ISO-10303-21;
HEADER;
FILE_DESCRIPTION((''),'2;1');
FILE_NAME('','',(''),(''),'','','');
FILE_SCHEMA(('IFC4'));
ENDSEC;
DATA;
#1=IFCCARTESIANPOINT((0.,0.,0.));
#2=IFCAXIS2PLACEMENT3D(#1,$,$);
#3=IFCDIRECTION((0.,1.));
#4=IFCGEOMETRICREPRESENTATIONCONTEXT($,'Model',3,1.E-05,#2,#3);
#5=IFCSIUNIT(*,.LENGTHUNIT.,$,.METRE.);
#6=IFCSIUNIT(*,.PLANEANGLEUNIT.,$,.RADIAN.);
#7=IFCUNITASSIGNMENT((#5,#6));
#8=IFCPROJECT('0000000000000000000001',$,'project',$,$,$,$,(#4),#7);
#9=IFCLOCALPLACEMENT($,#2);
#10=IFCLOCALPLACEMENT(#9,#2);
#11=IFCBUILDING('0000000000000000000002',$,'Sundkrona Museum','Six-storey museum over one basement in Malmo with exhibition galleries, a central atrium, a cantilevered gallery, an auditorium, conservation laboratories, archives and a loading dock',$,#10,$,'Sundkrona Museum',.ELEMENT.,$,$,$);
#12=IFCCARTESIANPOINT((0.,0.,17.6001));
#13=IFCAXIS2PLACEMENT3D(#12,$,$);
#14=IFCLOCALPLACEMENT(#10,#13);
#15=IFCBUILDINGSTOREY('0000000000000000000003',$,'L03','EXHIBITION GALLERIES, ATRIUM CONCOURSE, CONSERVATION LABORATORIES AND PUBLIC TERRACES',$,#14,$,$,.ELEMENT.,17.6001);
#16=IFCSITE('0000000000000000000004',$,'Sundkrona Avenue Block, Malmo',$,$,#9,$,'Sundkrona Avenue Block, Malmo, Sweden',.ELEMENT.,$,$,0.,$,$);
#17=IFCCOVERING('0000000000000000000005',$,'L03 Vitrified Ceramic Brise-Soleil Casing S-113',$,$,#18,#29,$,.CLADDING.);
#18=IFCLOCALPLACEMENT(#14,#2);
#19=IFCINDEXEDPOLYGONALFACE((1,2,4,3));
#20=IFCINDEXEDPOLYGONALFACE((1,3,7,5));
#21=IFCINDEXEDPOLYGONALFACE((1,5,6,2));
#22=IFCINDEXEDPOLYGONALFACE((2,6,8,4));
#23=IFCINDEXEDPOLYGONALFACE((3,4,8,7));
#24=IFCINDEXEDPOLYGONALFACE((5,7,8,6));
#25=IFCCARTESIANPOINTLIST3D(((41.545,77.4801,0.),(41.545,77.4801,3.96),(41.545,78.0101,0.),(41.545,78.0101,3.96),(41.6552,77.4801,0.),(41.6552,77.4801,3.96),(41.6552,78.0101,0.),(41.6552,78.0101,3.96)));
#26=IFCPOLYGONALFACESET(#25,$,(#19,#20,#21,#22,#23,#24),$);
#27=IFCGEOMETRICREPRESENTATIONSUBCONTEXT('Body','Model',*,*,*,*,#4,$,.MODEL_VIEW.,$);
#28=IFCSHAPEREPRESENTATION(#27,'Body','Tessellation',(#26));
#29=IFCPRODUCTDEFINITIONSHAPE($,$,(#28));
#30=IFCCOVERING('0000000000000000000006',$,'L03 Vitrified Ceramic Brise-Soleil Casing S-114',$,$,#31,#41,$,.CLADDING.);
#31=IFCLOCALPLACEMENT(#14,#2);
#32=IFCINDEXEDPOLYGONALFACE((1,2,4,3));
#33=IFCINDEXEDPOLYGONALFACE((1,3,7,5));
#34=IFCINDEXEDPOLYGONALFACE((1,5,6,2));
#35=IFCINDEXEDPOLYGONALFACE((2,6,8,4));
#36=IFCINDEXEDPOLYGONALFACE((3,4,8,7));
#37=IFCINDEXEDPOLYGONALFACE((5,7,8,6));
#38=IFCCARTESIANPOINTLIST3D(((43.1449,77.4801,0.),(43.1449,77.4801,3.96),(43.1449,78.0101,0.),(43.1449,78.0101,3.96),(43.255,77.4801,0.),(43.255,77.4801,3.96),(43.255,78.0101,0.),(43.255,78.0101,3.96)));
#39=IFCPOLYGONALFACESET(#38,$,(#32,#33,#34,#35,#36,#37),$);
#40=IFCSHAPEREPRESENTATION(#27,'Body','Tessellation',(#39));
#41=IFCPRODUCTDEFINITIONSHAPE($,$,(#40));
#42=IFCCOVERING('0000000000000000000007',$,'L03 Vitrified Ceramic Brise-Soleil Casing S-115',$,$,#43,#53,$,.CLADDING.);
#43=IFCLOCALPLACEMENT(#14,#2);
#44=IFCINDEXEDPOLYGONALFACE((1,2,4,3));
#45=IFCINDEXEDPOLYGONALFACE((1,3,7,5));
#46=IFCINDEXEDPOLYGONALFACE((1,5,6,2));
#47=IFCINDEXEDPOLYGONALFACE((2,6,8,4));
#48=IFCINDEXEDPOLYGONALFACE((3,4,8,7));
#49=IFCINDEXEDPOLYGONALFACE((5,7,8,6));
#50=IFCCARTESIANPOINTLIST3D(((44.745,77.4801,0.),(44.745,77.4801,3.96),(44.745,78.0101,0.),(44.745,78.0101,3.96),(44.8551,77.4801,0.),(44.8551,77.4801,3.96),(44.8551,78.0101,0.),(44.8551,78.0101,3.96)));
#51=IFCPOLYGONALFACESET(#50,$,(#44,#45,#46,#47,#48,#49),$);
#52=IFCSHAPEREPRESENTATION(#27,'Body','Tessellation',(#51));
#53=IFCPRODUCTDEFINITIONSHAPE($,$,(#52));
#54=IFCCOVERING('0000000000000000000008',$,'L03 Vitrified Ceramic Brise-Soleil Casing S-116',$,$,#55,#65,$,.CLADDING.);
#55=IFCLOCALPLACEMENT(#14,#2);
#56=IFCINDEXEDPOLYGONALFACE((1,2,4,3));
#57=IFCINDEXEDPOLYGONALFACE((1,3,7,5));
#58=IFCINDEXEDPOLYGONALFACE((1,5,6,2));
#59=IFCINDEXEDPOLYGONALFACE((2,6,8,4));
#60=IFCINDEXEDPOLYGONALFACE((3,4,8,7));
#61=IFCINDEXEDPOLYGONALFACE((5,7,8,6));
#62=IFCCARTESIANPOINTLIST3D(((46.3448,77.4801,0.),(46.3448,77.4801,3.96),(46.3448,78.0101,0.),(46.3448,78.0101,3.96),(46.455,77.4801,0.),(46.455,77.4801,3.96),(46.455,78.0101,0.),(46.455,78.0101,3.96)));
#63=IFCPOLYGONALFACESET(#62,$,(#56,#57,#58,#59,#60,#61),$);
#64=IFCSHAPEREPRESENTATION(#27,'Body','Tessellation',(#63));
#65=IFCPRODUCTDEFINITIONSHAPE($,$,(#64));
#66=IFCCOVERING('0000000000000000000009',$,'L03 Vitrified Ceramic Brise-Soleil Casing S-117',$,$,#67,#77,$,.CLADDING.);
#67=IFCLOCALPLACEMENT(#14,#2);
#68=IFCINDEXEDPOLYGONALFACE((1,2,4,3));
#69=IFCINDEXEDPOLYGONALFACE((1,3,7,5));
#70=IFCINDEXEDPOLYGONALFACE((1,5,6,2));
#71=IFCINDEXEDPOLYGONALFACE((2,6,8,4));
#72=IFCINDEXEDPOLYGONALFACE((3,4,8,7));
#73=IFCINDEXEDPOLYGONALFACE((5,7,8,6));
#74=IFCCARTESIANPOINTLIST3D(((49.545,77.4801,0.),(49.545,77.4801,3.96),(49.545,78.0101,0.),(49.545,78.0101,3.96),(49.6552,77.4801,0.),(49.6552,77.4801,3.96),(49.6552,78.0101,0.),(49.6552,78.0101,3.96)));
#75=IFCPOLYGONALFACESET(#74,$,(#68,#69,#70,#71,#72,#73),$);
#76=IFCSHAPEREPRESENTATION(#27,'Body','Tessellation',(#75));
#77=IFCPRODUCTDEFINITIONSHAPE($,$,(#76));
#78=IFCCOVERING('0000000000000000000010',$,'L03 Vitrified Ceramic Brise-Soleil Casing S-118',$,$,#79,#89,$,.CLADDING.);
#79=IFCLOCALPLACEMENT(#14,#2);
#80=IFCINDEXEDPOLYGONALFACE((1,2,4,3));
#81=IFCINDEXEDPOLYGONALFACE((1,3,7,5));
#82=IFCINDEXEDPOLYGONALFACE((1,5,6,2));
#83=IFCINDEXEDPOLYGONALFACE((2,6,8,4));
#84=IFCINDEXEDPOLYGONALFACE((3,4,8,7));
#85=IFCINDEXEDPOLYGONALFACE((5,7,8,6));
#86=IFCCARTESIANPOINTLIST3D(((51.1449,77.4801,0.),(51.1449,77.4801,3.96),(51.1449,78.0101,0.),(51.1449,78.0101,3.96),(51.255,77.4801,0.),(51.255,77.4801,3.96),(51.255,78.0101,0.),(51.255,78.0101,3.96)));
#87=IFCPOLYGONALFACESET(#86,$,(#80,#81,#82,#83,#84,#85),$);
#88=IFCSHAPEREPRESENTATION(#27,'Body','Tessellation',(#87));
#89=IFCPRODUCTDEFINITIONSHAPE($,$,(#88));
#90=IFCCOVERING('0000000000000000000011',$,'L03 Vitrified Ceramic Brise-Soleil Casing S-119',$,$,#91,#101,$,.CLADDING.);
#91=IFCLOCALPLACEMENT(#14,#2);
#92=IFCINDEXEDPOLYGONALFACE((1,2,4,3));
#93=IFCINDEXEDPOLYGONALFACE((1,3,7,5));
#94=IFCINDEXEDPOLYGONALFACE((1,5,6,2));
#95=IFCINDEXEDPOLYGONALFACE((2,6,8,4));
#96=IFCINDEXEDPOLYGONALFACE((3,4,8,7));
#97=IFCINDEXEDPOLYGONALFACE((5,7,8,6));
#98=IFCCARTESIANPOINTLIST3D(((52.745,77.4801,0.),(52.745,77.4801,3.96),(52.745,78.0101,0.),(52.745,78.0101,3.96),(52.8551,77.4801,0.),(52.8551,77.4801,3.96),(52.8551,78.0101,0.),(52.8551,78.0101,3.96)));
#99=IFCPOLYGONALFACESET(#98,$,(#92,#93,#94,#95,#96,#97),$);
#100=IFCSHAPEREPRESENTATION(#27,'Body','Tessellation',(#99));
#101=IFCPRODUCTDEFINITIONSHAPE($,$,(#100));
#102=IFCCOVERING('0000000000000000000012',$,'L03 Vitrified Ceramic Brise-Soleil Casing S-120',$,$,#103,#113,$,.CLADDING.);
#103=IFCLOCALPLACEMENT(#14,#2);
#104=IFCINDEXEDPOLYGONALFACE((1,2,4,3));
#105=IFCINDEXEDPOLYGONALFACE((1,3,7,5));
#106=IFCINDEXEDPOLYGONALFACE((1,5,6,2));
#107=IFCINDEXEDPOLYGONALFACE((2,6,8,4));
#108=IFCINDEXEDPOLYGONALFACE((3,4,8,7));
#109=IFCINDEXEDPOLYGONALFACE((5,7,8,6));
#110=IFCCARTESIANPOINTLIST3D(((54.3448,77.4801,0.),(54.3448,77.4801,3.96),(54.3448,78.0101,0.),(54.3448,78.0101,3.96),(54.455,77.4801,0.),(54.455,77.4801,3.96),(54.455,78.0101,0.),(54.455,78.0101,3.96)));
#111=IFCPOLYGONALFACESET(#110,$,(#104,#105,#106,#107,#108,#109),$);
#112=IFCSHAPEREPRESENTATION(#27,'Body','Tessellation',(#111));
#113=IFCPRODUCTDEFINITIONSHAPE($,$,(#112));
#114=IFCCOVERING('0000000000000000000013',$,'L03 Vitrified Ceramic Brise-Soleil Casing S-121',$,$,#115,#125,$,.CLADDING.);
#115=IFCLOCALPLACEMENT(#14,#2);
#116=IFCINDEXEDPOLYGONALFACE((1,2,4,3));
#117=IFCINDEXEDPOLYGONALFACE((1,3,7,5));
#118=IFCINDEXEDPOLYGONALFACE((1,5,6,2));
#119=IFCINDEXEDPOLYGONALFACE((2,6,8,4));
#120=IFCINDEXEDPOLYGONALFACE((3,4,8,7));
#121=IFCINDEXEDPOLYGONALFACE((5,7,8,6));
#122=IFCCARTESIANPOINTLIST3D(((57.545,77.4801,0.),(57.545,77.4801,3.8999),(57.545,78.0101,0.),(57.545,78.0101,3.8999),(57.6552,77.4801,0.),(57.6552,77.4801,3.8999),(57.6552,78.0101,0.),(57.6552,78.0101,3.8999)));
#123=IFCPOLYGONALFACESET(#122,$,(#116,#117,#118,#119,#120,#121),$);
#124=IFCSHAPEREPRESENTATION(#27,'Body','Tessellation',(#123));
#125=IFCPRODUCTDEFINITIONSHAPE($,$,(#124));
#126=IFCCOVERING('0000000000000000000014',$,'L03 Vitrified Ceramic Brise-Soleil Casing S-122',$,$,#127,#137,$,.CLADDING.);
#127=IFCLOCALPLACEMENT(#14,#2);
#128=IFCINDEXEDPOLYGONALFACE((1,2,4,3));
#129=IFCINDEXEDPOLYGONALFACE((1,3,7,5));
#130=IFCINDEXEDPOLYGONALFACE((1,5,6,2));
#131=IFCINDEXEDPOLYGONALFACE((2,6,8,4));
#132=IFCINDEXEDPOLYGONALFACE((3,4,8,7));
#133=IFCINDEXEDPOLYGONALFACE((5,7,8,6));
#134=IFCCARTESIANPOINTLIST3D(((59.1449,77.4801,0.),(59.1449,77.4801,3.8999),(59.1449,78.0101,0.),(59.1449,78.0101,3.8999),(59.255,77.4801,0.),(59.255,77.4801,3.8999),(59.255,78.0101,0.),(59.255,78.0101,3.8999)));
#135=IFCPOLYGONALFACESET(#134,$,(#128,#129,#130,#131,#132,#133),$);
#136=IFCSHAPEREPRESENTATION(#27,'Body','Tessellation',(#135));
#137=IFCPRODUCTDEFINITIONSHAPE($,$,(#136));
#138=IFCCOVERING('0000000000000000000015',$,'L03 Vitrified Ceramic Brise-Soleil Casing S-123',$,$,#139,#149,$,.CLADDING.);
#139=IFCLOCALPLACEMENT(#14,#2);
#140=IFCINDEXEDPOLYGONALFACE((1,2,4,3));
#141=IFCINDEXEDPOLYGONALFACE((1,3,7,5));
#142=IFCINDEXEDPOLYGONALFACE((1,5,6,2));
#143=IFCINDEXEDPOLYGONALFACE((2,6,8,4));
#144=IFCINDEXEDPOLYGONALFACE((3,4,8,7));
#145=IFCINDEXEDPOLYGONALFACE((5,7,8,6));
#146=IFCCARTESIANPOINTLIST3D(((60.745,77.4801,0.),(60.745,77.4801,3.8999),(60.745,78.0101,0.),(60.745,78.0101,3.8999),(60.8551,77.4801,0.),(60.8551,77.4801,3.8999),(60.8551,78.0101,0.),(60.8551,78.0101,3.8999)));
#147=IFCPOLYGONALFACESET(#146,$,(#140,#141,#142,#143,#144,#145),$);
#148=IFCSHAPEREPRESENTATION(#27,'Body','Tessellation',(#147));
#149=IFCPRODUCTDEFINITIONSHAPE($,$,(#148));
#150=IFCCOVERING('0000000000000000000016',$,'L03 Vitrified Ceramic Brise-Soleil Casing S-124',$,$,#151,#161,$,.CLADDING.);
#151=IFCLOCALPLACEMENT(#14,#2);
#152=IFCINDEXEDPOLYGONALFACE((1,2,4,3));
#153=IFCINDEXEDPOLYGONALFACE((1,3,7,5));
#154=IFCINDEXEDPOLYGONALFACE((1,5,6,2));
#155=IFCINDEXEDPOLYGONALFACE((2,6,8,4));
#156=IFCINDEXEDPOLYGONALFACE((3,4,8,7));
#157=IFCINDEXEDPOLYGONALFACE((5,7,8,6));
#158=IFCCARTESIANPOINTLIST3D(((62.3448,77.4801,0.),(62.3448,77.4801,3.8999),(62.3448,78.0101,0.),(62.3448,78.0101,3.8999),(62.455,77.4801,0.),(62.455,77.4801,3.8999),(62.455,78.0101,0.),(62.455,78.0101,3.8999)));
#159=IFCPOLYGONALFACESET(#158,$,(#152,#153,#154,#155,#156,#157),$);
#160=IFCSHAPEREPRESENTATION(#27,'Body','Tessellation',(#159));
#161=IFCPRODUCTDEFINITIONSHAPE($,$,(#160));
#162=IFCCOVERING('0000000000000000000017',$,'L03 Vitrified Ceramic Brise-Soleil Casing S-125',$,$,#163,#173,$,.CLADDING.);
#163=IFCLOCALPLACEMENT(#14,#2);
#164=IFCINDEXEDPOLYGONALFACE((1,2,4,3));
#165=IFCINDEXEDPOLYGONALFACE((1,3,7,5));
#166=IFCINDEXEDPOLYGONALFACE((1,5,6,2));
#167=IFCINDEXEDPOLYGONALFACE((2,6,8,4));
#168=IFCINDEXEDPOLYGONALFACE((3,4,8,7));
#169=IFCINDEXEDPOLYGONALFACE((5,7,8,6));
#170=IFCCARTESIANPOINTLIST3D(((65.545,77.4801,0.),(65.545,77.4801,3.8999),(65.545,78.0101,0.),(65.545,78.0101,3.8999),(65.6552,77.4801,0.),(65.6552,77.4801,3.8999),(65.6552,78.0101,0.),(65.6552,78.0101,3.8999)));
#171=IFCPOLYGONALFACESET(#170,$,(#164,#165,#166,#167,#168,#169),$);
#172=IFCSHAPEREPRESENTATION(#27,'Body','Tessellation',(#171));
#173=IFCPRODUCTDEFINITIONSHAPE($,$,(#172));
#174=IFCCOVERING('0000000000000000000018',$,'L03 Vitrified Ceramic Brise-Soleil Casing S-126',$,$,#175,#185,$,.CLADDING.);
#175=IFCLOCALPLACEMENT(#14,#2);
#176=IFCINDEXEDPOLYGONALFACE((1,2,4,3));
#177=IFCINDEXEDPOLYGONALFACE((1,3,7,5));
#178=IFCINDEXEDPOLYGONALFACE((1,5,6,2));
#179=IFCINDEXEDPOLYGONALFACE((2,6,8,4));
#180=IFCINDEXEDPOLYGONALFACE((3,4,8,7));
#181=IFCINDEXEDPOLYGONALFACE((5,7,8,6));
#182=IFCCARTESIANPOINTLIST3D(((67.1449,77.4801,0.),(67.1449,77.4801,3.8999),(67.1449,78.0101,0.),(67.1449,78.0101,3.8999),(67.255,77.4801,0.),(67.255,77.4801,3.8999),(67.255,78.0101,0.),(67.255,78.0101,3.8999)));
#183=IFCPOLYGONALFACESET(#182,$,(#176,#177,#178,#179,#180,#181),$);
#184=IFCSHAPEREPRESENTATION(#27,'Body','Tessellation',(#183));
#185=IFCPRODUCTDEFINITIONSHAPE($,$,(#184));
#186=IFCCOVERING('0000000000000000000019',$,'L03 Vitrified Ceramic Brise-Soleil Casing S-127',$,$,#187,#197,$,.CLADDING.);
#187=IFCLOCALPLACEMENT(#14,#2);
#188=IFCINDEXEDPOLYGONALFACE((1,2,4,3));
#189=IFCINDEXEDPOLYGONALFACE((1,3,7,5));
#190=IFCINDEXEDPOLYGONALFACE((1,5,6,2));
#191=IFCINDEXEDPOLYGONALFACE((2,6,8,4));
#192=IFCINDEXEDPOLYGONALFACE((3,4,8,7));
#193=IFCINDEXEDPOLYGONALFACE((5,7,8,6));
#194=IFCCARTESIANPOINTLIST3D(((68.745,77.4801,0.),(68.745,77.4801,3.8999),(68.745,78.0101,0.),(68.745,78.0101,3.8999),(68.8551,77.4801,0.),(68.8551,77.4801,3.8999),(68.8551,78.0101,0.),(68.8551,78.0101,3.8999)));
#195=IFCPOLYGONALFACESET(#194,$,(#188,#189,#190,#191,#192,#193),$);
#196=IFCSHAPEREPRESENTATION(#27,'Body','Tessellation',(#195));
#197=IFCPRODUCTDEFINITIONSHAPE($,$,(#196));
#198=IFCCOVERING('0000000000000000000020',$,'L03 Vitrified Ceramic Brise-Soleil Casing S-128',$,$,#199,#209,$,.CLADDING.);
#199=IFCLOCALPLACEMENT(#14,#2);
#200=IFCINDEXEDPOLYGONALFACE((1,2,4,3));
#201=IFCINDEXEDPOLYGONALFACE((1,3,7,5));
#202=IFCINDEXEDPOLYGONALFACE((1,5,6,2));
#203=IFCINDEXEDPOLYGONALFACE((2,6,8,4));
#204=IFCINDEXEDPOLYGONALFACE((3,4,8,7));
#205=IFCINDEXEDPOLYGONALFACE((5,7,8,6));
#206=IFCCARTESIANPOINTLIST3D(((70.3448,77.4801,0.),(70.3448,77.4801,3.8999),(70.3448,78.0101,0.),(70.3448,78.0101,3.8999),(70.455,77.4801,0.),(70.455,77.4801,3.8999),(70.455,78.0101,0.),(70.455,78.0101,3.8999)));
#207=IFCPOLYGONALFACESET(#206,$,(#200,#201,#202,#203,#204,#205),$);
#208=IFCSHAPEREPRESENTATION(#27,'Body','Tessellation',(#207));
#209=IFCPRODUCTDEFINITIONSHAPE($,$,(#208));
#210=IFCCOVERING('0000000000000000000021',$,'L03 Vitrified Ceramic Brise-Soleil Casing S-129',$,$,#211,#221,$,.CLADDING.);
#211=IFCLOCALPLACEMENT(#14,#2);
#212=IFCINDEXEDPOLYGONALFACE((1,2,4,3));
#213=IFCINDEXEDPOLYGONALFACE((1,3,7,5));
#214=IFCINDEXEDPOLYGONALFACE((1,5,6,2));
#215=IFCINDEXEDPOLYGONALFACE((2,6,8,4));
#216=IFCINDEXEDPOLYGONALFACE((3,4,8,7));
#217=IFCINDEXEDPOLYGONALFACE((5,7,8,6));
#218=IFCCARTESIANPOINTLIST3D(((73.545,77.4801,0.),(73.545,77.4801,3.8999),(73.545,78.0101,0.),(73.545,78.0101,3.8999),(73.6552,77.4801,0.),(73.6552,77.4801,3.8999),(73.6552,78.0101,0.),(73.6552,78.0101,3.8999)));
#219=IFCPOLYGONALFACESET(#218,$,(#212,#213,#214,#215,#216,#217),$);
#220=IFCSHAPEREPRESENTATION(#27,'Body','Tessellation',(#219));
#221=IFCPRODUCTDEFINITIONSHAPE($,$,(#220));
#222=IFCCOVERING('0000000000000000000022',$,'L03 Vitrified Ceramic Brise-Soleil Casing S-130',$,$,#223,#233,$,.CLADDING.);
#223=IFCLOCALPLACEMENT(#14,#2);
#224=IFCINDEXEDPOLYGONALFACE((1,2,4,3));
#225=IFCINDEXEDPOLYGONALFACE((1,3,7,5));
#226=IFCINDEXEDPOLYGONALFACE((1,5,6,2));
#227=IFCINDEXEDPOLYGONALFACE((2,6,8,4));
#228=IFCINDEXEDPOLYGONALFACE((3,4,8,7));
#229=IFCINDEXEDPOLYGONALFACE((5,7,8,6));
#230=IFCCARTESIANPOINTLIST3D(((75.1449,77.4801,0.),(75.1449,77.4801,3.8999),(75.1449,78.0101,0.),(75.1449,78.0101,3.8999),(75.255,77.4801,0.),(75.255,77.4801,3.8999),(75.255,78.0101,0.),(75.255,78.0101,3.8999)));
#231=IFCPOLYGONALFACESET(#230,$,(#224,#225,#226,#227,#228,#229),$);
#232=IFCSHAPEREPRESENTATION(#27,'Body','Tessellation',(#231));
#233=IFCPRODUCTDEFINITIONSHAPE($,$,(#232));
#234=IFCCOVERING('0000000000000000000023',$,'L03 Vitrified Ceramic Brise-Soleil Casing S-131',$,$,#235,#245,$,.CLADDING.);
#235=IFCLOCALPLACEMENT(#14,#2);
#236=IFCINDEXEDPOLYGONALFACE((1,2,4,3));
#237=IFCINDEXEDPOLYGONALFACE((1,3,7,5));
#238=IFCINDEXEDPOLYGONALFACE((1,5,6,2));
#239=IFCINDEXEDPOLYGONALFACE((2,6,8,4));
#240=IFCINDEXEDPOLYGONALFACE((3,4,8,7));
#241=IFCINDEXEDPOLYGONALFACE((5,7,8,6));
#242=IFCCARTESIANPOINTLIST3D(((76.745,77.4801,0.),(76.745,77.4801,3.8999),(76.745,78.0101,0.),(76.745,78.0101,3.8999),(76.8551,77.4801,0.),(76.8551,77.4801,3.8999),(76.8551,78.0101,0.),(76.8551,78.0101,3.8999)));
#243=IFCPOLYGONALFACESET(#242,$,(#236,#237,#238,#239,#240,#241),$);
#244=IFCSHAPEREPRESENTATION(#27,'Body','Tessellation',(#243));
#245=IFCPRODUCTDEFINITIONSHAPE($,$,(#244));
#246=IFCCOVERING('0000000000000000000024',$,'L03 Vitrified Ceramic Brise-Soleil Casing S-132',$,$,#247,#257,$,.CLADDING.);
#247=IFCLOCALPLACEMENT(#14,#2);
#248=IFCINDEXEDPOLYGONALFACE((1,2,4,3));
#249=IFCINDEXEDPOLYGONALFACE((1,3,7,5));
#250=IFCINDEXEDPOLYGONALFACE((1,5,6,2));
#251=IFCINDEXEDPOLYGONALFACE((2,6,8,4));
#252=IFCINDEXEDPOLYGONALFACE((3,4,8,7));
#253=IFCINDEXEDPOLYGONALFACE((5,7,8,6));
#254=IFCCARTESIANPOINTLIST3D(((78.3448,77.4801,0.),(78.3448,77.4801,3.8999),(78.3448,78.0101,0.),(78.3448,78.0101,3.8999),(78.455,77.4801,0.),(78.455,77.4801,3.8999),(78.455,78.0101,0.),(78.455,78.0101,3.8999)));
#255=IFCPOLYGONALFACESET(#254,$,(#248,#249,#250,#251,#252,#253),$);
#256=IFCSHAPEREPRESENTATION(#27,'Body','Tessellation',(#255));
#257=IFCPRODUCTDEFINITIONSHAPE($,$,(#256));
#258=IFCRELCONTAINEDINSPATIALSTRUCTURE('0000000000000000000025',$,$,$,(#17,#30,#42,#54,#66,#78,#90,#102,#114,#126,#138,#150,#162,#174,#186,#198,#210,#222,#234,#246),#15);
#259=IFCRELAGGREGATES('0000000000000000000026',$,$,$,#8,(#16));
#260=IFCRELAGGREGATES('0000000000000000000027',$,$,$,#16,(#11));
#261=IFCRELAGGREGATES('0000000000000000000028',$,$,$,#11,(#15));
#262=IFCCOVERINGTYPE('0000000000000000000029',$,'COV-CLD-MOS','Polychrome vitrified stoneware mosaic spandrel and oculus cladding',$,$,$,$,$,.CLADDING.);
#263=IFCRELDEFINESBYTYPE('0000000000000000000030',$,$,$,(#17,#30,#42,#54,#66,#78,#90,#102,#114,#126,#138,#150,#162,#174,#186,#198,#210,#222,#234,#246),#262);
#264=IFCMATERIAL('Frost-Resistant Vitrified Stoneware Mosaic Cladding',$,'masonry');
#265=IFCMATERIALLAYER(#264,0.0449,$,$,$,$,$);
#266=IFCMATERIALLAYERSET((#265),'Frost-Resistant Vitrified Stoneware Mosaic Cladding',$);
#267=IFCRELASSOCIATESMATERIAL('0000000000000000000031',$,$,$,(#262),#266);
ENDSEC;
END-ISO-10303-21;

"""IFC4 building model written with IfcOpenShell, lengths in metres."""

from ifc_helpers import new_model, si_unit, direction, frame, origin, origin_2d, place, context, subcontext, project, spatial, rectangle, extrude, material, layer, layer_set, type_object, element, save


model = new_model("IFC4")

# Units and contexts
model_context = context("Model", 3, precision=1e-05, world=origin(), true_north=direction((0.0, 1.0)))
body_context = subcontext(model_context, "Body", "Model", "MODEL_VIEW")
ifc_project = project(units=[si_unit("LENGTHUNIT", "METRE"), si_unit("PLANEANGLEUNIT", "RADIAN")], contexts=[model_context])

# Site, building, storey
site_placement = place(None, origin())
site = spatial("IfcSite", under=ifc_project, at=site_placement, Name="Sundkrona Avenue Block, Malmo", LongName="Sundkrona Avenue Block, Malmo, Sweden", CompositionType="ELEMENT", RefElevation=0.0)
building_placement = place(site_placement, origin())
building = spatial("IfcBuilding", under=site, at=building_placement, Name="Sundkrona Museum", Description="Six-storey museum over one basement in Malmo with exhibition galleries, a central atrium, a cantilevered gallery, an auditorium, conservation laboratories, archives and a loading dock", LongName="Sundkrona Museum", CompositionType="ELEMENT")
storey_placement = place(building_placement, frame((0.0, 0.0, 17.6001)))
storey = spatial("IfcBuildingStorey", under=building, at=storey_placement, Name="L03", Description="EXHIBITION GALLERIES, ATRIUM CONCOURSE, CONSERVATION LABORATORIES AND PUBLIC TERRACES", CompositionType="ELEMENT", Elevation=17.6001)

# Coverings
ifc_material_1 = material(Name="Frost-Resistant Vitrified Stoneware Mosaic Cladding", Category="masonry")
ifc_layer_1 = layer(ifc_material_1, 0.0449)
ifc_layer_set_1 = layer_set([ifc_layer_1], Name="Frost-Resistant Vitrified Stoneware Mosaic Cladding")
covering_type = type_object("IfcCoveringType", Name="COV-CLD-MOS", Description="Polychrome vitrified stoneware mosaic spandrel and oculus cladding", PredefinedType="CLADDING", material=ifc_layer_set_1)
for number, where, z_axis, x_axis, name in (
    (1, (41.6001, 77.7451, 0.0), (0.0, 0.0, 1.0), (1.0, 0.0, 0.0), "L03 Vitrified Ceramic Brise-Soleil Casing S-113"),
    (2, (43.2, 77.7451, 0.0), (0.0, 0.0, 1.0), (1.0, 0.0, 0.0), "L03 Vitrified Ceramic Brise-Soleil Casing S-114"),
    (3, (44.8, 77.7451, 0.0), (0.0, 0.0, 1.0), (1.0, 0.0, 0.0), "L03 Vitrified Ceramic Brise-Soleil Casing S-115"),
    (4, (46.3999, 77.7451, 0.0), (0.0, 0.0, 1.0), (1.0, 0.0, 0.0), "L03 Vitrified Ceramic Brise-Soleil Casing S-116"),
    (5, (49.6001, 77.7451, 0.0), (0.0, 0.0, 1.0), (1.0, 0.0, 0.0), "L03 Vitrified Ceramic Brise-Soleil Casing S-117"),
    (6, (51.2, 77.7451, 0.0), (0.0, 0.0, 1.0), (1.0, 0.0, 0.0), "L03 Vitrified Ceramic Brise-Soleil Casing S-118"),
    (7, (52.8, 77.7451, 0.0), (0.0, 0.0, 1.0), (1.0, 0.0, 0.0), "L03 Vitrified Ceramic Brise-Soleil Casing S-119"),
    (8, (54.3999, 77.7451, 0.0), (0.0, 0.0, 1.0), (1.0, 0.0, 0.0), "L03 Vitrified Ceramic Brise-Soleil Casing S-120"),
):
    element("IfcCovering", number, at=place(storey_placement, frame(where, z_axis=z_axis, x_axis=x_axis)), inside=storey, type_object=covering_type, Name=name, PredefinedType="CLADDING", context=body_context, shape_type="SweptSolid", body=[
        extrude(rectangle(XDim=0.1101, YDim=0.53, at=origin_2d()), origin(), (0.0, 0.0, 1.0), 3.96),
    ])
for number, where, z_axis, x_axis, name in (
    (9, (57.6001, 77.7451, 0.0), (0.0, 0.0, 1.0), (1.0, 0.0, 0.0), "L03 Vitrified Ceramic Brise-Soleil Casing S-121"),
    (10, (59.2, 77.7451, 0.0), (0.0, 0.0, 1.0), (1.0, 0.0, 0.0), "L03 Vitrified Ceramic Brise-Soleil Casing S-122"),
    (11, (60.8, 77.7451, 0.0), (0.0, 0.0, 1.0), (1.0, 0.0, 0.0), "L03 Vitrified Ceramic Brise-Soleil Casing S-123"),
    (12, (62.3999, 77.7451, 0.0), (0.0, 0.0, 1.0), (1.0, 0.0, 0.0), "L03 Vitrified Ceramic Brise-Soleil Casing S-124"),
    (13, (65.6001, 77.7451, 0.0), (0.0, 0.0, 1.0), (1.0, 0.0, 0.0), "L03 Vitrified Ceramic Brise-Soleil Casing S-125"),
    (14, (67.2, 77.7451, 0.0), (0.0, 0.0, 1.0), (1.0, 0.0, 0.0), "L03 Vitrified Ceramic Brise-Soleil Casing S-126"),
    (15, (68.8, 77.7451, 0.0), (0.0, 0.0, 1.0), (1.0, 0.0, 0.0), "L03 Vitrified Ceramic Brise-Soleil Casing S-127"),
    (16, (70.3999, 77.7451, 0.0), (0.0, 0.0, 1.0), (1.0, 0.0, 0.0), "L03 Vitrified Ceramic Brise-Soleil Casing S-128"),
    (17, (73.6001, 77.7451, 0.0), (0.0, 0.0, 1.0), (1.0, 0.0, 0.0), "L03 Vitrified Ceramic Brise-Soleil Casing S-129"),
    (18, (75.2, 77.7451, 0.0), (0.0, 0.0, 1.0), (1.0, 0.0, 0.0), "L03 Vitrified Ceramic Brise-Soleil Casing S-130"),
    (19, (76.8, 77.7451, 0.0), (0.0, 0.0, 1.0), (1.0, 0.0, 0.0), "L03 Vitrified Ceramic Brise-Soleil Casing S-131"),
    (20, (78.3999, 77.7451, 0.0), (0.0, 0.0, 1.0), (1.0, 0.0, 0.0), "L03 Vitrified Ceramic Brise-Soleil Casing S-132"),
):
    element("IfcCovering", number, at=place(storey_placement, frame(where, z_axis=z_axis, x_axis=x_axis)), inside=storey, type_object=covering_type, Name=name, PredefinedType="CLADDING", context=body_context, shape_type="SweptSolid", body=[
        extrude(rectangle(XDim=0.1101, YDim=0.53, at=origin_2d()), origin(), (0.0, 0.0, 1.0), 3.8999),
    ])

save(model, "model.ifc")
